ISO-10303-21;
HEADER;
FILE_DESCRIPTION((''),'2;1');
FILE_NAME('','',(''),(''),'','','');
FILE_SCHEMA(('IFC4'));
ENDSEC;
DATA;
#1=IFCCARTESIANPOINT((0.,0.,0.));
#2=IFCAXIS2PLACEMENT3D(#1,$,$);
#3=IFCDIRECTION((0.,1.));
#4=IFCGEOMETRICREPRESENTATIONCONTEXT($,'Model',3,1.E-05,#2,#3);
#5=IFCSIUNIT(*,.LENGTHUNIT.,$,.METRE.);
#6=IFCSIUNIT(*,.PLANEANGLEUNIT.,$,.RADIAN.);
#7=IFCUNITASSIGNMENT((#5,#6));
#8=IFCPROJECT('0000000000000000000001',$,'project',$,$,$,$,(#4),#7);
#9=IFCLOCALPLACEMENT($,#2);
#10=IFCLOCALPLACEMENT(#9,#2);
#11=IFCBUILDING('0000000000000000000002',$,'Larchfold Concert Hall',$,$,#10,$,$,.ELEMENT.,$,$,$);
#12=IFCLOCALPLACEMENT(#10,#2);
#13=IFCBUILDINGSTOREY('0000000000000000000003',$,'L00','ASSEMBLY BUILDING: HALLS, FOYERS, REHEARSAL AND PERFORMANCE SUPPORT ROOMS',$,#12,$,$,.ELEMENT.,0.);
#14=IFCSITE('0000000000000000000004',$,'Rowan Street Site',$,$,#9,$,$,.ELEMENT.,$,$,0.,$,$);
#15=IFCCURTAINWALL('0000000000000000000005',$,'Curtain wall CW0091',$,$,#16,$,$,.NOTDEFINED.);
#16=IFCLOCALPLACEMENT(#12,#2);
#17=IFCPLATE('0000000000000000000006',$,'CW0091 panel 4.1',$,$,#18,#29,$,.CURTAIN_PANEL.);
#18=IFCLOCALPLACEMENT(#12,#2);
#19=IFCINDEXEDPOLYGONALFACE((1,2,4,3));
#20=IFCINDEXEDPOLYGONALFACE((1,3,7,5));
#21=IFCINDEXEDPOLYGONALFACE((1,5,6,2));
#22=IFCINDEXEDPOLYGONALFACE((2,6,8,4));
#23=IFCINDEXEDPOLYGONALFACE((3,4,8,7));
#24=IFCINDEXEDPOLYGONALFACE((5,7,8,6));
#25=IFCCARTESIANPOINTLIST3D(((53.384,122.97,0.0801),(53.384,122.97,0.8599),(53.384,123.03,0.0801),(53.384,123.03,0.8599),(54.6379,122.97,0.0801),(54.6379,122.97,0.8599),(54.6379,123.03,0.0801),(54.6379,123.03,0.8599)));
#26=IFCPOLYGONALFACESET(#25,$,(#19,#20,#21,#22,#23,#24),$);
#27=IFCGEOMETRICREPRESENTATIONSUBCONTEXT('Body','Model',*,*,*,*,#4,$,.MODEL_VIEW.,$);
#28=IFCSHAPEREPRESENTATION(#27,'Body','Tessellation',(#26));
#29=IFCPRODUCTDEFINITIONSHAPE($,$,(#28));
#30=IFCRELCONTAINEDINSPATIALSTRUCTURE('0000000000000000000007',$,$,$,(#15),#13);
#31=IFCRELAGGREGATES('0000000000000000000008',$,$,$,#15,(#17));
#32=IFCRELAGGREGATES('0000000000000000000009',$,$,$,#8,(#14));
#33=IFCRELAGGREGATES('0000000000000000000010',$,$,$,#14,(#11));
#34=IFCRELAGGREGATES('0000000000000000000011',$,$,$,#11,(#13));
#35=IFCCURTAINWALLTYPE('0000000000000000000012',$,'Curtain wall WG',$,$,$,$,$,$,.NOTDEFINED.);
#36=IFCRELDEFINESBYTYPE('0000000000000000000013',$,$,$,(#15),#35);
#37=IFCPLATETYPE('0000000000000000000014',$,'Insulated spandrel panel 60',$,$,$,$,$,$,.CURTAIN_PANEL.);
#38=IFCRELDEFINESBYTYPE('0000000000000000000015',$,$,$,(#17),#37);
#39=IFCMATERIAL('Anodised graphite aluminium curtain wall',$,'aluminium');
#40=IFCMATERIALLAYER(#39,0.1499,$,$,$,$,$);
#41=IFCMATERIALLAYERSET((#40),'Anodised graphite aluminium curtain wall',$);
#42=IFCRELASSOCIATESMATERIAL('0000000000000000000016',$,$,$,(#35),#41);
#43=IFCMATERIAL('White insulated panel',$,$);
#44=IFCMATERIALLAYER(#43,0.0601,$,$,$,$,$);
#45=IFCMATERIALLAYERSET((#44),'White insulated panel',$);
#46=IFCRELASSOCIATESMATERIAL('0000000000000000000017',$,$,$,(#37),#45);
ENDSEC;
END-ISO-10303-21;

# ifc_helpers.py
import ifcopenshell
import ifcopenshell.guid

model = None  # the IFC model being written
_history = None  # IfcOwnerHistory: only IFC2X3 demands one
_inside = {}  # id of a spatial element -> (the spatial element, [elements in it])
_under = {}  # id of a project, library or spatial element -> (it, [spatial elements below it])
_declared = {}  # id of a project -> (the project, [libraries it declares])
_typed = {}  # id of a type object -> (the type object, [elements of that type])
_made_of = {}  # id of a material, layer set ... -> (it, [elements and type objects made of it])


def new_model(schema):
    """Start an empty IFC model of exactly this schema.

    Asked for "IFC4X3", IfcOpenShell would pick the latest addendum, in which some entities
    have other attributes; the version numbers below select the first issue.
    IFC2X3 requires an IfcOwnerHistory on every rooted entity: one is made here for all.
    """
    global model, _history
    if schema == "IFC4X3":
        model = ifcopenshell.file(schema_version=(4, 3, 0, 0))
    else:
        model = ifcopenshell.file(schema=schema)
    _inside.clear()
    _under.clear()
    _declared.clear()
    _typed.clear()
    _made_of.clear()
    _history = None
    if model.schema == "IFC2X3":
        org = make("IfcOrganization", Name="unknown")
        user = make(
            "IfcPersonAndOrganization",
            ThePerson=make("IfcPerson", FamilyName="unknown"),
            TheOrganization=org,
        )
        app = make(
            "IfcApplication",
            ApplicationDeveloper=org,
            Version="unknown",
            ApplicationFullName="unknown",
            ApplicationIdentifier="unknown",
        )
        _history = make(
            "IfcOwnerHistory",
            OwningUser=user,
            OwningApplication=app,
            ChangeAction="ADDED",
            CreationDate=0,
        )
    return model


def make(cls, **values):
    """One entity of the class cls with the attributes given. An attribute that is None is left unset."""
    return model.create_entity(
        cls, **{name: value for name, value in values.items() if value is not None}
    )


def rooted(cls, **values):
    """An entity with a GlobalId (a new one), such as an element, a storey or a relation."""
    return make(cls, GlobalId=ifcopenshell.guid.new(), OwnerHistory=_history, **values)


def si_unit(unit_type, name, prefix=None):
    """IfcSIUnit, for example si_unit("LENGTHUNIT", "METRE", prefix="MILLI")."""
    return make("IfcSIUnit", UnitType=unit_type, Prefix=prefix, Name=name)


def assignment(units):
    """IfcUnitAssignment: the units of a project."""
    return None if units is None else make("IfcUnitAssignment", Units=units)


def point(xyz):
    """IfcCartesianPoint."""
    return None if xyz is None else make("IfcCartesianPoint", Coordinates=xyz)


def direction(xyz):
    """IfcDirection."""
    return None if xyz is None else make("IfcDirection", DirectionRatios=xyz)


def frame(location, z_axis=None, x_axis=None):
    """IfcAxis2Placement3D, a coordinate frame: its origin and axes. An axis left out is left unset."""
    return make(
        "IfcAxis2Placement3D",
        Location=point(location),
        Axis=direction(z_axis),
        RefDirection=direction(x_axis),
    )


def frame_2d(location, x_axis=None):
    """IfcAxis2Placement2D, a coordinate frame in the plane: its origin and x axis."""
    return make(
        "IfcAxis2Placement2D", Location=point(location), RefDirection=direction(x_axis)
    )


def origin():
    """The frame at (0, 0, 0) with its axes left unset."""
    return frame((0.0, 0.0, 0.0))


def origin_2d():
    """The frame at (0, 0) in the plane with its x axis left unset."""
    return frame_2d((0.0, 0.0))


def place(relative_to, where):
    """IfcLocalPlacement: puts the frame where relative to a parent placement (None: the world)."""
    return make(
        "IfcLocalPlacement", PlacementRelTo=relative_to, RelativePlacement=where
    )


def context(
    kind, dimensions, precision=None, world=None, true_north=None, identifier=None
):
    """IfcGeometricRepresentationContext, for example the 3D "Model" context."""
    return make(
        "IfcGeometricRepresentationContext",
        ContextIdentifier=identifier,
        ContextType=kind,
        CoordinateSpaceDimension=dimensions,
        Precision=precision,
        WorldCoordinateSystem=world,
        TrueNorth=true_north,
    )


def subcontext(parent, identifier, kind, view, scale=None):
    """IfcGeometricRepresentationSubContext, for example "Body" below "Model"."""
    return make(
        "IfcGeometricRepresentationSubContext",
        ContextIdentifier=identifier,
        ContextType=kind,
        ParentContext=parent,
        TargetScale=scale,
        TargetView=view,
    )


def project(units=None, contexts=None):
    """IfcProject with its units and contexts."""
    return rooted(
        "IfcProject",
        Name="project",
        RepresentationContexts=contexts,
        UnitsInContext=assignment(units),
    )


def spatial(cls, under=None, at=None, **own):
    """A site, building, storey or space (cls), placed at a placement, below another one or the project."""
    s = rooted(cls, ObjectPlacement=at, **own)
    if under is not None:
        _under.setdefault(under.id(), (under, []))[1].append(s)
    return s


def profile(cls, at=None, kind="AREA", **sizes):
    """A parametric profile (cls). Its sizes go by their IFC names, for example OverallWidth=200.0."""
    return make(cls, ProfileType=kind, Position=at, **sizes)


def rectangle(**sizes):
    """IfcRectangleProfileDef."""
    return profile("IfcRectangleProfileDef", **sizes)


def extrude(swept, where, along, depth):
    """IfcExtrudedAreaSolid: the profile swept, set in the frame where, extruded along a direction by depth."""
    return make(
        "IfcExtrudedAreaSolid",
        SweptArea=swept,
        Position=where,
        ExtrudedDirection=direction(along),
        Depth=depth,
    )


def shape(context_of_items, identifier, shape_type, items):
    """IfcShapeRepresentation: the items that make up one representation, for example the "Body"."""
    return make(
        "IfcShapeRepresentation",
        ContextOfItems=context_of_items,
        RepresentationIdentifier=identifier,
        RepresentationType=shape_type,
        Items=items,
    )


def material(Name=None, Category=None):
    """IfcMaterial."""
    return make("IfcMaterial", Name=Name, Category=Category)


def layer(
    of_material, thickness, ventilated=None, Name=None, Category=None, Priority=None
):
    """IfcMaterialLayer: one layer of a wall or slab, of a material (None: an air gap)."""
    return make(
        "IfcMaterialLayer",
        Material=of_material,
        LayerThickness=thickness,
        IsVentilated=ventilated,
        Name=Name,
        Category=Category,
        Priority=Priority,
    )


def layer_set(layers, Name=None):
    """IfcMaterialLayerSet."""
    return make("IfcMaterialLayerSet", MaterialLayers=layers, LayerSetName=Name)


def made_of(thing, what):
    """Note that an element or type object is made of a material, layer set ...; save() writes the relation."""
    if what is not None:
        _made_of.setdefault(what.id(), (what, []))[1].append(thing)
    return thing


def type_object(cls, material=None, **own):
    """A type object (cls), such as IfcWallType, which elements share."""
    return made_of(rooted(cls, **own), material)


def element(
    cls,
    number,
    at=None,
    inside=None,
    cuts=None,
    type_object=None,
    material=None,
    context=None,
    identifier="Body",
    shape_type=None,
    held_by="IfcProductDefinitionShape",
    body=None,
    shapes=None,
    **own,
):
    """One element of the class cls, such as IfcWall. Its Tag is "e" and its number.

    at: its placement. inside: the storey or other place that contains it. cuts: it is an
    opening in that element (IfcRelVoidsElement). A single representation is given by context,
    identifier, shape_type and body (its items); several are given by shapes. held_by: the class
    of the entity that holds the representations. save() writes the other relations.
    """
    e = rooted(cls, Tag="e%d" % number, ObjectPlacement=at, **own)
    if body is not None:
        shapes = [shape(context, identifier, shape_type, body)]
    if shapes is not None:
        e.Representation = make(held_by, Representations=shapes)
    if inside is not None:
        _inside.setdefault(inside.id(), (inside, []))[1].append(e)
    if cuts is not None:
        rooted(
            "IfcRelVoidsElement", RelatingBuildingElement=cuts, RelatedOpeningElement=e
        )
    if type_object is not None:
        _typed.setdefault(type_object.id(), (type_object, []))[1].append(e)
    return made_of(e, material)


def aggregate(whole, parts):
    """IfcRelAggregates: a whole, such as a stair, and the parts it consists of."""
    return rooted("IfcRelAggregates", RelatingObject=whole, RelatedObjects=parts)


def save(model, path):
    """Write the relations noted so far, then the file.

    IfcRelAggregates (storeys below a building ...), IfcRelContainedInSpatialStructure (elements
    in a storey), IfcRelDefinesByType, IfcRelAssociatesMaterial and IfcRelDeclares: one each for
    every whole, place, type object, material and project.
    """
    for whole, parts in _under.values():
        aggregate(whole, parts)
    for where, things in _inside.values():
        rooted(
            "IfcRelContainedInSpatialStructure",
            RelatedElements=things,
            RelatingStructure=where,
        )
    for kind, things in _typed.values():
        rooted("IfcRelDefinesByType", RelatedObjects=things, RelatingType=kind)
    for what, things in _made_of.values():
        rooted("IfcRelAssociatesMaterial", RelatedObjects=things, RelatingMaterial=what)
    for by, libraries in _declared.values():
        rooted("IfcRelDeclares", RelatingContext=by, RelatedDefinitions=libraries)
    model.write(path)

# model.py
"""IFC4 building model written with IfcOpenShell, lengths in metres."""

from ifc_helpers import new_model, si_unit, direction, frame, origin, origin_2d, place, context, subcontext, project, spatial, rectangle, extrude, material, layer, layer_set, type_object, element, aggregate, save


model = new_model("IFC4")

# Units and contexts
model_context = context("Model", 3, precision=1e-05, world=origin(), true_north=direction((0.0, 1.0)))
body_context = subcontext(model_context, "Body", "Model", "MODEL_VIEW")
ifc_project = project(units=[si_unit("LENGTHUNIT", "METRE"), si_unit("PLANEANGLEUNIT", "RADIAN")], contexts=[model_context])

# Site, building, storey
site_placement = place(None, origin())
site = spatial("IfcSite", under=ifc_project, at=site_placement, Name="Rowan Street Site", CompositionType="ELEMENT", RefElevation=0.0)
building_placement = place(site_placement, origin())
building = spatial("IfcBuilding", under=site, at=building_placement, Name="Larchfold Concert Hall", CompositionType="ELEMENT")
storey_placement = place(building_placement, origin())
storey = spatial("IfcBuildingStorey", under=building, at=storey_placement, Name="L00", Description="ASSEMBLY BUILDING: HALLS, FOYERS, REHEARSAL AND PERFORMANCE SUPPORT ROOMS", CompositionType="ELEMENT", Elevation=0.0)

# Curtain wall, plate
ifc_material_1 = material(Name="Anodised graphite aluminium curtain wall", Category="aluminium")
ifc_layer_1 = layer(ifc_material_1, 0.1499)
ifc_layer_set_1 = layer_set([ifc_layer_1], Name="Anodised graphite aluminium curtain wall")
curtain_wall_type = type_object("IfcCurtainWallType", Name="Curtain wall WG", PredefinedType="NOTDEFINED", material=ifc_layer_set_1)
curtain_wall_placement = place(storey_placement, origin())
curtain_wall = element("IfcCurtainWall", 1, at=curtain_wall_placement, inside=storey, type_object=curtain_wall_type, Name="Curtain wall CW0091", PredefinedType="NOTDEFINED")
ifc_material_2 = material(Name="White insulated panel")
ifc_layer_2 = layer(ifc_material_2, 0.0601)
ifc_layer_set_2 = layer_set([ifc_layer_2], Name="White insulated panel")
plate_type_1 = type_object("IfcPlateType", Name="Insulated spandrel panel 60", PredefinedType="CURTAIN_PANEL", material=ifc_layer_set_2)
plate_1_placement = place(storey_placement, frame((54.011, 123.0, 0.0801), z_axis=(0.0, 0.0, 1.0), x_axis=(1.0, 0.0, 0.0)))
plate_1 = element("IfcPlate", 2, at=plate_1_placement, type_object=plate_type_1, Name="CW0091 panel 4.1", PredefinedType="CURTAIN_PANEL", context=body_context, shape_type="SweptSolid", body=[
    extrude(rectangle(XDim=1.2539, YDim=0.0601, at=origin_2d()), origin(), (0.0, 0.0, 1.0), 0.7798),
])
aggregate(curtain_wall, [plate_1])

save(model, "model.ifc")
